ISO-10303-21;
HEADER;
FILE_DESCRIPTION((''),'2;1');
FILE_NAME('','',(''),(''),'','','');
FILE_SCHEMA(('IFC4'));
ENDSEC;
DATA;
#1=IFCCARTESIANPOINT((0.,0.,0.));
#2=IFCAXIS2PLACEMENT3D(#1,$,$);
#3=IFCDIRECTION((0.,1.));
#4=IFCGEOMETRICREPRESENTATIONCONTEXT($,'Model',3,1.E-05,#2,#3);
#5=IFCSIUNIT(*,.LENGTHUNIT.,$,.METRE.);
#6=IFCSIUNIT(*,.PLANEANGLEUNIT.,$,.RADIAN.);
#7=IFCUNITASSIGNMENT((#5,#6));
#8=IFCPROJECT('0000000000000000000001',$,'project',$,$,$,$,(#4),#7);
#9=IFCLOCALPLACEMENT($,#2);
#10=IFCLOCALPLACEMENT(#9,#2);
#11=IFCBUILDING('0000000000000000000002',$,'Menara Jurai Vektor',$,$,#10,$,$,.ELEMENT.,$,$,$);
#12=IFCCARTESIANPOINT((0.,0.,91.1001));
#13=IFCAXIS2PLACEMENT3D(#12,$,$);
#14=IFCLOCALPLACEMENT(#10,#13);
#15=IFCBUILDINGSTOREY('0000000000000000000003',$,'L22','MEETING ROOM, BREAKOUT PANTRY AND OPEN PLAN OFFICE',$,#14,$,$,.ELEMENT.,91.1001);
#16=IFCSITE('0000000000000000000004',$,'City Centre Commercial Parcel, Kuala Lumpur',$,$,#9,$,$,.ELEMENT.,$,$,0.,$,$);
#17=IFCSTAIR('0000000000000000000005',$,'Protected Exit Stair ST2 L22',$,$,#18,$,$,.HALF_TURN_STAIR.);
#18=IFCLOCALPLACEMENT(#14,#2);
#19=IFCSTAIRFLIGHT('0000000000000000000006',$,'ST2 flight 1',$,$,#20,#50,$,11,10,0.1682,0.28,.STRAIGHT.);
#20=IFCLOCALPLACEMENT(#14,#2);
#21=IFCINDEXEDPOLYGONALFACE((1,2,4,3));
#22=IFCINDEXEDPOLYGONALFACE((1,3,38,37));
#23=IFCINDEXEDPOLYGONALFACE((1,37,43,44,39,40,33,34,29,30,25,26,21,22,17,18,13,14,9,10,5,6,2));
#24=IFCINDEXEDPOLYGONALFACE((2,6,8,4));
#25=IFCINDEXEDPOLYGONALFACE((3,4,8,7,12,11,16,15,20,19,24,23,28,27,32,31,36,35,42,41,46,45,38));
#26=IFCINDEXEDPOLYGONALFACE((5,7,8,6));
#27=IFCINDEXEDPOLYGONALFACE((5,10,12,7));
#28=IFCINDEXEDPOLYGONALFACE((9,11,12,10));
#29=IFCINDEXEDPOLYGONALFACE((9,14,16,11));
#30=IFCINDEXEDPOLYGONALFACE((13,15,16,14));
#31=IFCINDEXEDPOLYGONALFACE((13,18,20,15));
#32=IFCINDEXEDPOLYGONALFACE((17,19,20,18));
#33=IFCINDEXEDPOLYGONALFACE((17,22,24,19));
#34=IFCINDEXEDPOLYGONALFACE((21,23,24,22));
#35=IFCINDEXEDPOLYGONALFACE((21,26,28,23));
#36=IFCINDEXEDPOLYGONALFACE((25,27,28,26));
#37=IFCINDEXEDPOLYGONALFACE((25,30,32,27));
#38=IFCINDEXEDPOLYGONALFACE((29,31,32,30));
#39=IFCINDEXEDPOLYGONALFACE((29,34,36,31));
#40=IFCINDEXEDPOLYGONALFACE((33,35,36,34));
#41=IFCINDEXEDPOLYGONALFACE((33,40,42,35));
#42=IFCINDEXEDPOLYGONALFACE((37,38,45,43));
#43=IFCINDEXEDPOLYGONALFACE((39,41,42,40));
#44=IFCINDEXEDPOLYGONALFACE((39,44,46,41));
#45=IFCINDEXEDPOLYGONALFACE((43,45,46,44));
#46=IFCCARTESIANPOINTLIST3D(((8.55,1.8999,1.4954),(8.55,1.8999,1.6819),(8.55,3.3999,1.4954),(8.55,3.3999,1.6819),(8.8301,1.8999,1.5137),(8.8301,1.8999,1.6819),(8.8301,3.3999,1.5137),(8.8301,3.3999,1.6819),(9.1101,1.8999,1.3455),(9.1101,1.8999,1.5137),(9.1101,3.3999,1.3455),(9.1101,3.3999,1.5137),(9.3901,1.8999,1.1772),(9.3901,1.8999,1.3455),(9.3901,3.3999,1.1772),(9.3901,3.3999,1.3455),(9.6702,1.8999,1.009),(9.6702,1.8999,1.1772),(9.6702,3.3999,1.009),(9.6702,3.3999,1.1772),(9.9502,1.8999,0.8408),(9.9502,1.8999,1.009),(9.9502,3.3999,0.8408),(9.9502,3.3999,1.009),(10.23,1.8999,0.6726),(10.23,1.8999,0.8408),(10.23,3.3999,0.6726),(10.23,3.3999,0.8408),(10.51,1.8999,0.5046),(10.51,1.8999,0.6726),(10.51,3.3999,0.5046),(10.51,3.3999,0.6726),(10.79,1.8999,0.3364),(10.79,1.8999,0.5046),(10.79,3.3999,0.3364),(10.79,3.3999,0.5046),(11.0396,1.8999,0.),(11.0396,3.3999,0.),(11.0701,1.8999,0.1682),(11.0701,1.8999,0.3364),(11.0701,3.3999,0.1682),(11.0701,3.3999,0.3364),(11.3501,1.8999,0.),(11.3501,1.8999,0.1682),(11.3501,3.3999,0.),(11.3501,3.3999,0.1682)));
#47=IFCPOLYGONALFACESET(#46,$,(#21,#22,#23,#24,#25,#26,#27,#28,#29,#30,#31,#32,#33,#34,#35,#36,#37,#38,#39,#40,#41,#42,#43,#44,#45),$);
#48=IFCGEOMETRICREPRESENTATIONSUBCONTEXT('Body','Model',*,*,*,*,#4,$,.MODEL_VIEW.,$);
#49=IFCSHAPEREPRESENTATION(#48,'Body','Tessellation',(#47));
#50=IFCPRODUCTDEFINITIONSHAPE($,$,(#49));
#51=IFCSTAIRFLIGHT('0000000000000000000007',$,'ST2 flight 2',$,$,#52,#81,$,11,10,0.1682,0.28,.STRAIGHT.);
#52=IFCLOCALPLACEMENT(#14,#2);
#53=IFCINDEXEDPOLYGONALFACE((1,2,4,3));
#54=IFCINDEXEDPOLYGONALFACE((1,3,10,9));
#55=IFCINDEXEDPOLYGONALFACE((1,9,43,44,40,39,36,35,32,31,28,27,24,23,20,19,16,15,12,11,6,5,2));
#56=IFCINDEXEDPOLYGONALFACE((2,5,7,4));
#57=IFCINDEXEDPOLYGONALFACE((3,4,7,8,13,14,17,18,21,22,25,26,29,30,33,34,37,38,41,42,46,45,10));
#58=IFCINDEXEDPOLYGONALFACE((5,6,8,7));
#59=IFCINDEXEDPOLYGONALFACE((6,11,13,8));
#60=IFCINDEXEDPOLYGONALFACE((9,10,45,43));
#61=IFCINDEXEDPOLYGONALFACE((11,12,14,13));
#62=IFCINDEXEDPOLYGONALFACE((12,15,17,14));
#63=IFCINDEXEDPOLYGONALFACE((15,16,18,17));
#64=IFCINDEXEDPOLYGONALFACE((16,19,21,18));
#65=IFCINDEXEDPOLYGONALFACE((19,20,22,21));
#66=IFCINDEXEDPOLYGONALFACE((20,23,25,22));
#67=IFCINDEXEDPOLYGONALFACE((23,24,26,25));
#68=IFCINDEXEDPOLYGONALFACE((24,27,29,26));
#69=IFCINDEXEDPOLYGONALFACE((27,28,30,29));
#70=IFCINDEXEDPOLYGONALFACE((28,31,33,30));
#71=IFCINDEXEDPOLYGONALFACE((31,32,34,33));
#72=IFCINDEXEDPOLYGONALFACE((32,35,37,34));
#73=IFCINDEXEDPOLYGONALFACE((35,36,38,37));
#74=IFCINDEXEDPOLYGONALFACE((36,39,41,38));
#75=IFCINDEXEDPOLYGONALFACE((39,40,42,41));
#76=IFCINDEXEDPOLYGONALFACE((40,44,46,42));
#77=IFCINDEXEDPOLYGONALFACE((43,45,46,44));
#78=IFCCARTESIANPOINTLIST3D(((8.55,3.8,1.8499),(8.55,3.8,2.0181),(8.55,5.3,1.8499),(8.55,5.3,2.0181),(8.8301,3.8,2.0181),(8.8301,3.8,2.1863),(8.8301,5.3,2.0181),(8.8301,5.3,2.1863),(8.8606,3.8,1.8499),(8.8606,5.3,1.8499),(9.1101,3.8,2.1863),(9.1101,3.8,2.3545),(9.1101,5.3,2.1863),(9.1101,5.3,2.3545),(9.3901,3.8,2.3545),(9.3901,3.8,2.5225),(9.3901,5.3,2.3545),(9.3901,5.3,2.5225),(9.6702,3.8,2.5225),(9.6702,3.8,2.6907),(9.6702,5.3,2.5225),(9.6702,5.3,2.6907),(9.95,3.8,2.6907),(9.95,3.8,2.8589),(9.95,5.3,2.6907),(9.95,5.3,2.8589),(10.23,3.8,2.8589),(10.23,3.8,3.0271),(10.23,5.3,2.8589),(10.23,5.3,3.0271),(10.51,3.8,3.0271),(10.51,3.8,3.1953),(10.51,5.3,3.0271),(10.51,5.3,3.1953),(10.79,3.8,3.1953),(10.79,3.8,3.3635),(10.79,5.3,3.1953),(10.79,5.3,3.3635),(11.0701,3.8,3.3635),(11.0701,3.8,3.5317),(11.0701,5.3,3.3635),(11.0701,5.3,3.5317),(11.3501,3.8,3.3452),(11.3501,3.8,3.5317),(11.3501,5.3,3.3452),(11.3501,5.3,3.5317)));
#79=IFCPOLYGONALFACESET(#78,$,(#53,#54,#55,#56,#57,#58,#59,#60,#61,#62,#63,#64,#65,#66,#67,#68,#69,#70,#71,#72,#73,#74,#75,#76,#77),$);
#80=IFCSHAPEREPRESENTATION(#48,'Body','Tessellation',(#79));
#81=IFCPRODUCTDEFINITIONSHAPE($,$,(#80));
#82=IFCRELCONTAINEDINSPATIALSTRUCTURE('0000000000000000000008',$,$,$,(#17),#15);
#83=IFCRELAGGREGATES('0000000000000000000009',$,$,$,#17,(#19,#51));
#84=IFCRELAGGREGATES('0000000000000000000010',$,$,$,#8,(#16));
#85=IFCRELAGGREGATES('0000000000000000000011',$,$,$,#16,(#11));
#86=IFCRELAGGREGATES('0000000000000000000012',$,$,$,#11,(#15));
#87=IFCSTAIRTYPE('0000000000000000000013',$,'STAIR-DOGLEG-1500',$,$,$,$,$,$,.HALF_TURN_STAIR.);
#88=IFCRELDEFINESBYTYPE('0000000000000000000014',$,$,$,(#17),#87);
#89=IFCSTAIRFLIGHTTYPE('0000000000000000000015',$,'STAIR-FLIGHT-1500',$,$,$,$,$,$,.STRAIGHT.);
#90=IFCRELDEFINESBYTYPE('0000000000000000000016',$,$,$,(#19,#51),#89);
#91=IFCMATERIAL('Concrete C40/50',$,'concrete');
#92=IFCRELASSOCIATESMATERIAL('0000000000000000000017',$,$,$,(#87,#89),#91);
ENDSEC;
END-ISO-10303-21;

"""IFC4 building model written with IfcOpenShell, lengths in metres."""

from ifc_helpers import new_model, si_unit, direction, frame, origin, place, context, subcontext, project, spatial, polyline, outline, extrude, material, type_object, element, aggregate, save


model = new_model("IFC4")

# Units and contexts
model_context = context("Model", 3, precision=1e-05, world=origin(), true_north=direction((0.0, 1.0)))
body_context = subcontext(model_context, "Body", "Model", "MODEL_VIEW")
ifc_project = project(units=[si_unit("LENGTHUNIT", "METRE"), si_unit("PLANEANGLEUNIT", "RADIAN")], contexts=[model_context])

# Site, building, storey
site_placement = place(None, origin())
site = spatial("IfcSite", under=ifc_project, at=site_placement, Name="City Centre Commercial Parcel, Kuala Lumpur", CompositionType="ELEMENT", RefElevation=0.0)
building_placement = place(site_placement, origin())
building = spatial("IfcBuilding", under=site, at=building_placement, Name="Menara Jurai Vektor", CompositionType="ELEMENT")
storey_placement = place(building_placement, frame((0.0, 0.0, 91.1001)))
storey = spatial("IfcBuildingStorey", under=building, at=storey_placement, Name="L22", Description="MEETING ROOM, BREAKOUT PANTRY AND OPEN PLAN OFFICE", CompositionType="ELEMENT", Elevation=91.1001)

# Stair, stair flights
ifc_material_1 = material(Name="Concrete C40/50", Category="concrete")
stair_type = type_object("IfcStairType", Name="STAIR-DOGLEG-1500", PredefinedType="HALF_TURN_STAIR", material=ifc_material_1)
stair_placement = place(storey_placement, origin())
stair = element("IfcStair", 1, at=stair_placement, inside=storey, type_object=stair_type, Name="Protected Exit Stair ST2 L22", PredefinedType="HALF_TURN_STAIR")
stair_flight_type = type_object("IfcStairFlightType", Name="STAIR-FLIGHT-1500", PredefinedType="STRAIGHT", material=ifc_material_1)
stair_flight_1_placement = place(storey_placement, frame((11.3501, 2.6499, 0.0), z_axis=(0.0, 0.0, 1.0), x_axis=(-1.0, 0.0, 0.0)))
stair_flight_1 = element("IfcStairFlight", 2, at=stair_flight_1_placement, type_object=stair_flight_type, Name="ST2 flight 1", NumberOfRisers=11, NumberOfTreads=10, PredefinedType="STRAIGHT", RiserHeight=0.1682, TreadLength=0.28, context=body_context, shape_type="SweptSolid", body=[
    extrude(outline(polyline([(0.0, 0.0), (0.0, 0.1682), (0.28, 0.1682), (0.28, 0.3364), (0.5601, 0.3364), (0.5601, 0.5046), (0.8401, 0.5046), (0.8401, 0.6726), (1.1201, 0.6726), (1.1201, 0.8408), (1.3999, 0.8408), (1.3999, 1.009), (1.6799, 1.009), (1.6799, 1.1772), (1.96, 1.1772), (1.96, 1.3455), (2.24, 1.3455), (2.24, 1.5137), (2.52, 1.5137), (2.52, 1.6819), (2.8, 1.6819), (2.8, 1.8501), (2.8, 1.4954), (0.3105, 0.0), (0.0, 0.0)])), frame((0.0, 0.75, 0.0), z_axis=(0.0, -1.0, 0.0), x_axis=(1.0, 0.0, 0.0)), (0.0, 0.0, 1.0), 1.5),
])
stair_flight_2_placement = place(storey_placement, frame((8.55, 4.55, 1.8499), z_axis=(0.0, 0.0, 1.0), x_axis=(1.0, 0.0, 0.0)))
stair_flight_2 = element("IfcStairFlight", 3, at=stair_flight_2_placement, type_object=stair_flight_type, Name="ST2 flight 2", NumberOfRisers=11, NumberOfTreads=10, PredefinedType="STRAIGHT", RiserHeight=0.1682, TreadLength=0.28, context=body_context, shape_type="SweptSolid", body=[
    extrude(outline(polyline([(0.0, 0.0), (0.0, 0.1682), (0.28, 0.1682), (0.28, 0.3364), (0.5601, 0.3364), (0.5601, 0.5046), (0.8401, 0.5046), (0.8401, 0.6726), (1.1201, 0.6726), (1.1201, 0.8408), (1.3999, 0.8408), (1.3999, 1.009), (1.6799, 1.009), (1.6799, 1.1772), (1.96, 1.1772), (1.96, 1.3455), (2.24, 1.3455), (2.24, 1.5137), (2.52, 1.5137), (2.52, 1.6819), (2.8, 1.6819), (2.8, 1.8501), (2.8, 1.4954), (0.3105, 0.0), (0.0, 0.0)])), frame((0.0, 0.75, 0.0), z_axis=(0.0, -1.0, 0.0), x_axis=(1.0, 0.0, 0.0)), (0.0, 0.0, 1.0), 1.5),
])
aggregate(stair, [stair_flight_1, stair_flight_2])

save(model, "model.ifc")
